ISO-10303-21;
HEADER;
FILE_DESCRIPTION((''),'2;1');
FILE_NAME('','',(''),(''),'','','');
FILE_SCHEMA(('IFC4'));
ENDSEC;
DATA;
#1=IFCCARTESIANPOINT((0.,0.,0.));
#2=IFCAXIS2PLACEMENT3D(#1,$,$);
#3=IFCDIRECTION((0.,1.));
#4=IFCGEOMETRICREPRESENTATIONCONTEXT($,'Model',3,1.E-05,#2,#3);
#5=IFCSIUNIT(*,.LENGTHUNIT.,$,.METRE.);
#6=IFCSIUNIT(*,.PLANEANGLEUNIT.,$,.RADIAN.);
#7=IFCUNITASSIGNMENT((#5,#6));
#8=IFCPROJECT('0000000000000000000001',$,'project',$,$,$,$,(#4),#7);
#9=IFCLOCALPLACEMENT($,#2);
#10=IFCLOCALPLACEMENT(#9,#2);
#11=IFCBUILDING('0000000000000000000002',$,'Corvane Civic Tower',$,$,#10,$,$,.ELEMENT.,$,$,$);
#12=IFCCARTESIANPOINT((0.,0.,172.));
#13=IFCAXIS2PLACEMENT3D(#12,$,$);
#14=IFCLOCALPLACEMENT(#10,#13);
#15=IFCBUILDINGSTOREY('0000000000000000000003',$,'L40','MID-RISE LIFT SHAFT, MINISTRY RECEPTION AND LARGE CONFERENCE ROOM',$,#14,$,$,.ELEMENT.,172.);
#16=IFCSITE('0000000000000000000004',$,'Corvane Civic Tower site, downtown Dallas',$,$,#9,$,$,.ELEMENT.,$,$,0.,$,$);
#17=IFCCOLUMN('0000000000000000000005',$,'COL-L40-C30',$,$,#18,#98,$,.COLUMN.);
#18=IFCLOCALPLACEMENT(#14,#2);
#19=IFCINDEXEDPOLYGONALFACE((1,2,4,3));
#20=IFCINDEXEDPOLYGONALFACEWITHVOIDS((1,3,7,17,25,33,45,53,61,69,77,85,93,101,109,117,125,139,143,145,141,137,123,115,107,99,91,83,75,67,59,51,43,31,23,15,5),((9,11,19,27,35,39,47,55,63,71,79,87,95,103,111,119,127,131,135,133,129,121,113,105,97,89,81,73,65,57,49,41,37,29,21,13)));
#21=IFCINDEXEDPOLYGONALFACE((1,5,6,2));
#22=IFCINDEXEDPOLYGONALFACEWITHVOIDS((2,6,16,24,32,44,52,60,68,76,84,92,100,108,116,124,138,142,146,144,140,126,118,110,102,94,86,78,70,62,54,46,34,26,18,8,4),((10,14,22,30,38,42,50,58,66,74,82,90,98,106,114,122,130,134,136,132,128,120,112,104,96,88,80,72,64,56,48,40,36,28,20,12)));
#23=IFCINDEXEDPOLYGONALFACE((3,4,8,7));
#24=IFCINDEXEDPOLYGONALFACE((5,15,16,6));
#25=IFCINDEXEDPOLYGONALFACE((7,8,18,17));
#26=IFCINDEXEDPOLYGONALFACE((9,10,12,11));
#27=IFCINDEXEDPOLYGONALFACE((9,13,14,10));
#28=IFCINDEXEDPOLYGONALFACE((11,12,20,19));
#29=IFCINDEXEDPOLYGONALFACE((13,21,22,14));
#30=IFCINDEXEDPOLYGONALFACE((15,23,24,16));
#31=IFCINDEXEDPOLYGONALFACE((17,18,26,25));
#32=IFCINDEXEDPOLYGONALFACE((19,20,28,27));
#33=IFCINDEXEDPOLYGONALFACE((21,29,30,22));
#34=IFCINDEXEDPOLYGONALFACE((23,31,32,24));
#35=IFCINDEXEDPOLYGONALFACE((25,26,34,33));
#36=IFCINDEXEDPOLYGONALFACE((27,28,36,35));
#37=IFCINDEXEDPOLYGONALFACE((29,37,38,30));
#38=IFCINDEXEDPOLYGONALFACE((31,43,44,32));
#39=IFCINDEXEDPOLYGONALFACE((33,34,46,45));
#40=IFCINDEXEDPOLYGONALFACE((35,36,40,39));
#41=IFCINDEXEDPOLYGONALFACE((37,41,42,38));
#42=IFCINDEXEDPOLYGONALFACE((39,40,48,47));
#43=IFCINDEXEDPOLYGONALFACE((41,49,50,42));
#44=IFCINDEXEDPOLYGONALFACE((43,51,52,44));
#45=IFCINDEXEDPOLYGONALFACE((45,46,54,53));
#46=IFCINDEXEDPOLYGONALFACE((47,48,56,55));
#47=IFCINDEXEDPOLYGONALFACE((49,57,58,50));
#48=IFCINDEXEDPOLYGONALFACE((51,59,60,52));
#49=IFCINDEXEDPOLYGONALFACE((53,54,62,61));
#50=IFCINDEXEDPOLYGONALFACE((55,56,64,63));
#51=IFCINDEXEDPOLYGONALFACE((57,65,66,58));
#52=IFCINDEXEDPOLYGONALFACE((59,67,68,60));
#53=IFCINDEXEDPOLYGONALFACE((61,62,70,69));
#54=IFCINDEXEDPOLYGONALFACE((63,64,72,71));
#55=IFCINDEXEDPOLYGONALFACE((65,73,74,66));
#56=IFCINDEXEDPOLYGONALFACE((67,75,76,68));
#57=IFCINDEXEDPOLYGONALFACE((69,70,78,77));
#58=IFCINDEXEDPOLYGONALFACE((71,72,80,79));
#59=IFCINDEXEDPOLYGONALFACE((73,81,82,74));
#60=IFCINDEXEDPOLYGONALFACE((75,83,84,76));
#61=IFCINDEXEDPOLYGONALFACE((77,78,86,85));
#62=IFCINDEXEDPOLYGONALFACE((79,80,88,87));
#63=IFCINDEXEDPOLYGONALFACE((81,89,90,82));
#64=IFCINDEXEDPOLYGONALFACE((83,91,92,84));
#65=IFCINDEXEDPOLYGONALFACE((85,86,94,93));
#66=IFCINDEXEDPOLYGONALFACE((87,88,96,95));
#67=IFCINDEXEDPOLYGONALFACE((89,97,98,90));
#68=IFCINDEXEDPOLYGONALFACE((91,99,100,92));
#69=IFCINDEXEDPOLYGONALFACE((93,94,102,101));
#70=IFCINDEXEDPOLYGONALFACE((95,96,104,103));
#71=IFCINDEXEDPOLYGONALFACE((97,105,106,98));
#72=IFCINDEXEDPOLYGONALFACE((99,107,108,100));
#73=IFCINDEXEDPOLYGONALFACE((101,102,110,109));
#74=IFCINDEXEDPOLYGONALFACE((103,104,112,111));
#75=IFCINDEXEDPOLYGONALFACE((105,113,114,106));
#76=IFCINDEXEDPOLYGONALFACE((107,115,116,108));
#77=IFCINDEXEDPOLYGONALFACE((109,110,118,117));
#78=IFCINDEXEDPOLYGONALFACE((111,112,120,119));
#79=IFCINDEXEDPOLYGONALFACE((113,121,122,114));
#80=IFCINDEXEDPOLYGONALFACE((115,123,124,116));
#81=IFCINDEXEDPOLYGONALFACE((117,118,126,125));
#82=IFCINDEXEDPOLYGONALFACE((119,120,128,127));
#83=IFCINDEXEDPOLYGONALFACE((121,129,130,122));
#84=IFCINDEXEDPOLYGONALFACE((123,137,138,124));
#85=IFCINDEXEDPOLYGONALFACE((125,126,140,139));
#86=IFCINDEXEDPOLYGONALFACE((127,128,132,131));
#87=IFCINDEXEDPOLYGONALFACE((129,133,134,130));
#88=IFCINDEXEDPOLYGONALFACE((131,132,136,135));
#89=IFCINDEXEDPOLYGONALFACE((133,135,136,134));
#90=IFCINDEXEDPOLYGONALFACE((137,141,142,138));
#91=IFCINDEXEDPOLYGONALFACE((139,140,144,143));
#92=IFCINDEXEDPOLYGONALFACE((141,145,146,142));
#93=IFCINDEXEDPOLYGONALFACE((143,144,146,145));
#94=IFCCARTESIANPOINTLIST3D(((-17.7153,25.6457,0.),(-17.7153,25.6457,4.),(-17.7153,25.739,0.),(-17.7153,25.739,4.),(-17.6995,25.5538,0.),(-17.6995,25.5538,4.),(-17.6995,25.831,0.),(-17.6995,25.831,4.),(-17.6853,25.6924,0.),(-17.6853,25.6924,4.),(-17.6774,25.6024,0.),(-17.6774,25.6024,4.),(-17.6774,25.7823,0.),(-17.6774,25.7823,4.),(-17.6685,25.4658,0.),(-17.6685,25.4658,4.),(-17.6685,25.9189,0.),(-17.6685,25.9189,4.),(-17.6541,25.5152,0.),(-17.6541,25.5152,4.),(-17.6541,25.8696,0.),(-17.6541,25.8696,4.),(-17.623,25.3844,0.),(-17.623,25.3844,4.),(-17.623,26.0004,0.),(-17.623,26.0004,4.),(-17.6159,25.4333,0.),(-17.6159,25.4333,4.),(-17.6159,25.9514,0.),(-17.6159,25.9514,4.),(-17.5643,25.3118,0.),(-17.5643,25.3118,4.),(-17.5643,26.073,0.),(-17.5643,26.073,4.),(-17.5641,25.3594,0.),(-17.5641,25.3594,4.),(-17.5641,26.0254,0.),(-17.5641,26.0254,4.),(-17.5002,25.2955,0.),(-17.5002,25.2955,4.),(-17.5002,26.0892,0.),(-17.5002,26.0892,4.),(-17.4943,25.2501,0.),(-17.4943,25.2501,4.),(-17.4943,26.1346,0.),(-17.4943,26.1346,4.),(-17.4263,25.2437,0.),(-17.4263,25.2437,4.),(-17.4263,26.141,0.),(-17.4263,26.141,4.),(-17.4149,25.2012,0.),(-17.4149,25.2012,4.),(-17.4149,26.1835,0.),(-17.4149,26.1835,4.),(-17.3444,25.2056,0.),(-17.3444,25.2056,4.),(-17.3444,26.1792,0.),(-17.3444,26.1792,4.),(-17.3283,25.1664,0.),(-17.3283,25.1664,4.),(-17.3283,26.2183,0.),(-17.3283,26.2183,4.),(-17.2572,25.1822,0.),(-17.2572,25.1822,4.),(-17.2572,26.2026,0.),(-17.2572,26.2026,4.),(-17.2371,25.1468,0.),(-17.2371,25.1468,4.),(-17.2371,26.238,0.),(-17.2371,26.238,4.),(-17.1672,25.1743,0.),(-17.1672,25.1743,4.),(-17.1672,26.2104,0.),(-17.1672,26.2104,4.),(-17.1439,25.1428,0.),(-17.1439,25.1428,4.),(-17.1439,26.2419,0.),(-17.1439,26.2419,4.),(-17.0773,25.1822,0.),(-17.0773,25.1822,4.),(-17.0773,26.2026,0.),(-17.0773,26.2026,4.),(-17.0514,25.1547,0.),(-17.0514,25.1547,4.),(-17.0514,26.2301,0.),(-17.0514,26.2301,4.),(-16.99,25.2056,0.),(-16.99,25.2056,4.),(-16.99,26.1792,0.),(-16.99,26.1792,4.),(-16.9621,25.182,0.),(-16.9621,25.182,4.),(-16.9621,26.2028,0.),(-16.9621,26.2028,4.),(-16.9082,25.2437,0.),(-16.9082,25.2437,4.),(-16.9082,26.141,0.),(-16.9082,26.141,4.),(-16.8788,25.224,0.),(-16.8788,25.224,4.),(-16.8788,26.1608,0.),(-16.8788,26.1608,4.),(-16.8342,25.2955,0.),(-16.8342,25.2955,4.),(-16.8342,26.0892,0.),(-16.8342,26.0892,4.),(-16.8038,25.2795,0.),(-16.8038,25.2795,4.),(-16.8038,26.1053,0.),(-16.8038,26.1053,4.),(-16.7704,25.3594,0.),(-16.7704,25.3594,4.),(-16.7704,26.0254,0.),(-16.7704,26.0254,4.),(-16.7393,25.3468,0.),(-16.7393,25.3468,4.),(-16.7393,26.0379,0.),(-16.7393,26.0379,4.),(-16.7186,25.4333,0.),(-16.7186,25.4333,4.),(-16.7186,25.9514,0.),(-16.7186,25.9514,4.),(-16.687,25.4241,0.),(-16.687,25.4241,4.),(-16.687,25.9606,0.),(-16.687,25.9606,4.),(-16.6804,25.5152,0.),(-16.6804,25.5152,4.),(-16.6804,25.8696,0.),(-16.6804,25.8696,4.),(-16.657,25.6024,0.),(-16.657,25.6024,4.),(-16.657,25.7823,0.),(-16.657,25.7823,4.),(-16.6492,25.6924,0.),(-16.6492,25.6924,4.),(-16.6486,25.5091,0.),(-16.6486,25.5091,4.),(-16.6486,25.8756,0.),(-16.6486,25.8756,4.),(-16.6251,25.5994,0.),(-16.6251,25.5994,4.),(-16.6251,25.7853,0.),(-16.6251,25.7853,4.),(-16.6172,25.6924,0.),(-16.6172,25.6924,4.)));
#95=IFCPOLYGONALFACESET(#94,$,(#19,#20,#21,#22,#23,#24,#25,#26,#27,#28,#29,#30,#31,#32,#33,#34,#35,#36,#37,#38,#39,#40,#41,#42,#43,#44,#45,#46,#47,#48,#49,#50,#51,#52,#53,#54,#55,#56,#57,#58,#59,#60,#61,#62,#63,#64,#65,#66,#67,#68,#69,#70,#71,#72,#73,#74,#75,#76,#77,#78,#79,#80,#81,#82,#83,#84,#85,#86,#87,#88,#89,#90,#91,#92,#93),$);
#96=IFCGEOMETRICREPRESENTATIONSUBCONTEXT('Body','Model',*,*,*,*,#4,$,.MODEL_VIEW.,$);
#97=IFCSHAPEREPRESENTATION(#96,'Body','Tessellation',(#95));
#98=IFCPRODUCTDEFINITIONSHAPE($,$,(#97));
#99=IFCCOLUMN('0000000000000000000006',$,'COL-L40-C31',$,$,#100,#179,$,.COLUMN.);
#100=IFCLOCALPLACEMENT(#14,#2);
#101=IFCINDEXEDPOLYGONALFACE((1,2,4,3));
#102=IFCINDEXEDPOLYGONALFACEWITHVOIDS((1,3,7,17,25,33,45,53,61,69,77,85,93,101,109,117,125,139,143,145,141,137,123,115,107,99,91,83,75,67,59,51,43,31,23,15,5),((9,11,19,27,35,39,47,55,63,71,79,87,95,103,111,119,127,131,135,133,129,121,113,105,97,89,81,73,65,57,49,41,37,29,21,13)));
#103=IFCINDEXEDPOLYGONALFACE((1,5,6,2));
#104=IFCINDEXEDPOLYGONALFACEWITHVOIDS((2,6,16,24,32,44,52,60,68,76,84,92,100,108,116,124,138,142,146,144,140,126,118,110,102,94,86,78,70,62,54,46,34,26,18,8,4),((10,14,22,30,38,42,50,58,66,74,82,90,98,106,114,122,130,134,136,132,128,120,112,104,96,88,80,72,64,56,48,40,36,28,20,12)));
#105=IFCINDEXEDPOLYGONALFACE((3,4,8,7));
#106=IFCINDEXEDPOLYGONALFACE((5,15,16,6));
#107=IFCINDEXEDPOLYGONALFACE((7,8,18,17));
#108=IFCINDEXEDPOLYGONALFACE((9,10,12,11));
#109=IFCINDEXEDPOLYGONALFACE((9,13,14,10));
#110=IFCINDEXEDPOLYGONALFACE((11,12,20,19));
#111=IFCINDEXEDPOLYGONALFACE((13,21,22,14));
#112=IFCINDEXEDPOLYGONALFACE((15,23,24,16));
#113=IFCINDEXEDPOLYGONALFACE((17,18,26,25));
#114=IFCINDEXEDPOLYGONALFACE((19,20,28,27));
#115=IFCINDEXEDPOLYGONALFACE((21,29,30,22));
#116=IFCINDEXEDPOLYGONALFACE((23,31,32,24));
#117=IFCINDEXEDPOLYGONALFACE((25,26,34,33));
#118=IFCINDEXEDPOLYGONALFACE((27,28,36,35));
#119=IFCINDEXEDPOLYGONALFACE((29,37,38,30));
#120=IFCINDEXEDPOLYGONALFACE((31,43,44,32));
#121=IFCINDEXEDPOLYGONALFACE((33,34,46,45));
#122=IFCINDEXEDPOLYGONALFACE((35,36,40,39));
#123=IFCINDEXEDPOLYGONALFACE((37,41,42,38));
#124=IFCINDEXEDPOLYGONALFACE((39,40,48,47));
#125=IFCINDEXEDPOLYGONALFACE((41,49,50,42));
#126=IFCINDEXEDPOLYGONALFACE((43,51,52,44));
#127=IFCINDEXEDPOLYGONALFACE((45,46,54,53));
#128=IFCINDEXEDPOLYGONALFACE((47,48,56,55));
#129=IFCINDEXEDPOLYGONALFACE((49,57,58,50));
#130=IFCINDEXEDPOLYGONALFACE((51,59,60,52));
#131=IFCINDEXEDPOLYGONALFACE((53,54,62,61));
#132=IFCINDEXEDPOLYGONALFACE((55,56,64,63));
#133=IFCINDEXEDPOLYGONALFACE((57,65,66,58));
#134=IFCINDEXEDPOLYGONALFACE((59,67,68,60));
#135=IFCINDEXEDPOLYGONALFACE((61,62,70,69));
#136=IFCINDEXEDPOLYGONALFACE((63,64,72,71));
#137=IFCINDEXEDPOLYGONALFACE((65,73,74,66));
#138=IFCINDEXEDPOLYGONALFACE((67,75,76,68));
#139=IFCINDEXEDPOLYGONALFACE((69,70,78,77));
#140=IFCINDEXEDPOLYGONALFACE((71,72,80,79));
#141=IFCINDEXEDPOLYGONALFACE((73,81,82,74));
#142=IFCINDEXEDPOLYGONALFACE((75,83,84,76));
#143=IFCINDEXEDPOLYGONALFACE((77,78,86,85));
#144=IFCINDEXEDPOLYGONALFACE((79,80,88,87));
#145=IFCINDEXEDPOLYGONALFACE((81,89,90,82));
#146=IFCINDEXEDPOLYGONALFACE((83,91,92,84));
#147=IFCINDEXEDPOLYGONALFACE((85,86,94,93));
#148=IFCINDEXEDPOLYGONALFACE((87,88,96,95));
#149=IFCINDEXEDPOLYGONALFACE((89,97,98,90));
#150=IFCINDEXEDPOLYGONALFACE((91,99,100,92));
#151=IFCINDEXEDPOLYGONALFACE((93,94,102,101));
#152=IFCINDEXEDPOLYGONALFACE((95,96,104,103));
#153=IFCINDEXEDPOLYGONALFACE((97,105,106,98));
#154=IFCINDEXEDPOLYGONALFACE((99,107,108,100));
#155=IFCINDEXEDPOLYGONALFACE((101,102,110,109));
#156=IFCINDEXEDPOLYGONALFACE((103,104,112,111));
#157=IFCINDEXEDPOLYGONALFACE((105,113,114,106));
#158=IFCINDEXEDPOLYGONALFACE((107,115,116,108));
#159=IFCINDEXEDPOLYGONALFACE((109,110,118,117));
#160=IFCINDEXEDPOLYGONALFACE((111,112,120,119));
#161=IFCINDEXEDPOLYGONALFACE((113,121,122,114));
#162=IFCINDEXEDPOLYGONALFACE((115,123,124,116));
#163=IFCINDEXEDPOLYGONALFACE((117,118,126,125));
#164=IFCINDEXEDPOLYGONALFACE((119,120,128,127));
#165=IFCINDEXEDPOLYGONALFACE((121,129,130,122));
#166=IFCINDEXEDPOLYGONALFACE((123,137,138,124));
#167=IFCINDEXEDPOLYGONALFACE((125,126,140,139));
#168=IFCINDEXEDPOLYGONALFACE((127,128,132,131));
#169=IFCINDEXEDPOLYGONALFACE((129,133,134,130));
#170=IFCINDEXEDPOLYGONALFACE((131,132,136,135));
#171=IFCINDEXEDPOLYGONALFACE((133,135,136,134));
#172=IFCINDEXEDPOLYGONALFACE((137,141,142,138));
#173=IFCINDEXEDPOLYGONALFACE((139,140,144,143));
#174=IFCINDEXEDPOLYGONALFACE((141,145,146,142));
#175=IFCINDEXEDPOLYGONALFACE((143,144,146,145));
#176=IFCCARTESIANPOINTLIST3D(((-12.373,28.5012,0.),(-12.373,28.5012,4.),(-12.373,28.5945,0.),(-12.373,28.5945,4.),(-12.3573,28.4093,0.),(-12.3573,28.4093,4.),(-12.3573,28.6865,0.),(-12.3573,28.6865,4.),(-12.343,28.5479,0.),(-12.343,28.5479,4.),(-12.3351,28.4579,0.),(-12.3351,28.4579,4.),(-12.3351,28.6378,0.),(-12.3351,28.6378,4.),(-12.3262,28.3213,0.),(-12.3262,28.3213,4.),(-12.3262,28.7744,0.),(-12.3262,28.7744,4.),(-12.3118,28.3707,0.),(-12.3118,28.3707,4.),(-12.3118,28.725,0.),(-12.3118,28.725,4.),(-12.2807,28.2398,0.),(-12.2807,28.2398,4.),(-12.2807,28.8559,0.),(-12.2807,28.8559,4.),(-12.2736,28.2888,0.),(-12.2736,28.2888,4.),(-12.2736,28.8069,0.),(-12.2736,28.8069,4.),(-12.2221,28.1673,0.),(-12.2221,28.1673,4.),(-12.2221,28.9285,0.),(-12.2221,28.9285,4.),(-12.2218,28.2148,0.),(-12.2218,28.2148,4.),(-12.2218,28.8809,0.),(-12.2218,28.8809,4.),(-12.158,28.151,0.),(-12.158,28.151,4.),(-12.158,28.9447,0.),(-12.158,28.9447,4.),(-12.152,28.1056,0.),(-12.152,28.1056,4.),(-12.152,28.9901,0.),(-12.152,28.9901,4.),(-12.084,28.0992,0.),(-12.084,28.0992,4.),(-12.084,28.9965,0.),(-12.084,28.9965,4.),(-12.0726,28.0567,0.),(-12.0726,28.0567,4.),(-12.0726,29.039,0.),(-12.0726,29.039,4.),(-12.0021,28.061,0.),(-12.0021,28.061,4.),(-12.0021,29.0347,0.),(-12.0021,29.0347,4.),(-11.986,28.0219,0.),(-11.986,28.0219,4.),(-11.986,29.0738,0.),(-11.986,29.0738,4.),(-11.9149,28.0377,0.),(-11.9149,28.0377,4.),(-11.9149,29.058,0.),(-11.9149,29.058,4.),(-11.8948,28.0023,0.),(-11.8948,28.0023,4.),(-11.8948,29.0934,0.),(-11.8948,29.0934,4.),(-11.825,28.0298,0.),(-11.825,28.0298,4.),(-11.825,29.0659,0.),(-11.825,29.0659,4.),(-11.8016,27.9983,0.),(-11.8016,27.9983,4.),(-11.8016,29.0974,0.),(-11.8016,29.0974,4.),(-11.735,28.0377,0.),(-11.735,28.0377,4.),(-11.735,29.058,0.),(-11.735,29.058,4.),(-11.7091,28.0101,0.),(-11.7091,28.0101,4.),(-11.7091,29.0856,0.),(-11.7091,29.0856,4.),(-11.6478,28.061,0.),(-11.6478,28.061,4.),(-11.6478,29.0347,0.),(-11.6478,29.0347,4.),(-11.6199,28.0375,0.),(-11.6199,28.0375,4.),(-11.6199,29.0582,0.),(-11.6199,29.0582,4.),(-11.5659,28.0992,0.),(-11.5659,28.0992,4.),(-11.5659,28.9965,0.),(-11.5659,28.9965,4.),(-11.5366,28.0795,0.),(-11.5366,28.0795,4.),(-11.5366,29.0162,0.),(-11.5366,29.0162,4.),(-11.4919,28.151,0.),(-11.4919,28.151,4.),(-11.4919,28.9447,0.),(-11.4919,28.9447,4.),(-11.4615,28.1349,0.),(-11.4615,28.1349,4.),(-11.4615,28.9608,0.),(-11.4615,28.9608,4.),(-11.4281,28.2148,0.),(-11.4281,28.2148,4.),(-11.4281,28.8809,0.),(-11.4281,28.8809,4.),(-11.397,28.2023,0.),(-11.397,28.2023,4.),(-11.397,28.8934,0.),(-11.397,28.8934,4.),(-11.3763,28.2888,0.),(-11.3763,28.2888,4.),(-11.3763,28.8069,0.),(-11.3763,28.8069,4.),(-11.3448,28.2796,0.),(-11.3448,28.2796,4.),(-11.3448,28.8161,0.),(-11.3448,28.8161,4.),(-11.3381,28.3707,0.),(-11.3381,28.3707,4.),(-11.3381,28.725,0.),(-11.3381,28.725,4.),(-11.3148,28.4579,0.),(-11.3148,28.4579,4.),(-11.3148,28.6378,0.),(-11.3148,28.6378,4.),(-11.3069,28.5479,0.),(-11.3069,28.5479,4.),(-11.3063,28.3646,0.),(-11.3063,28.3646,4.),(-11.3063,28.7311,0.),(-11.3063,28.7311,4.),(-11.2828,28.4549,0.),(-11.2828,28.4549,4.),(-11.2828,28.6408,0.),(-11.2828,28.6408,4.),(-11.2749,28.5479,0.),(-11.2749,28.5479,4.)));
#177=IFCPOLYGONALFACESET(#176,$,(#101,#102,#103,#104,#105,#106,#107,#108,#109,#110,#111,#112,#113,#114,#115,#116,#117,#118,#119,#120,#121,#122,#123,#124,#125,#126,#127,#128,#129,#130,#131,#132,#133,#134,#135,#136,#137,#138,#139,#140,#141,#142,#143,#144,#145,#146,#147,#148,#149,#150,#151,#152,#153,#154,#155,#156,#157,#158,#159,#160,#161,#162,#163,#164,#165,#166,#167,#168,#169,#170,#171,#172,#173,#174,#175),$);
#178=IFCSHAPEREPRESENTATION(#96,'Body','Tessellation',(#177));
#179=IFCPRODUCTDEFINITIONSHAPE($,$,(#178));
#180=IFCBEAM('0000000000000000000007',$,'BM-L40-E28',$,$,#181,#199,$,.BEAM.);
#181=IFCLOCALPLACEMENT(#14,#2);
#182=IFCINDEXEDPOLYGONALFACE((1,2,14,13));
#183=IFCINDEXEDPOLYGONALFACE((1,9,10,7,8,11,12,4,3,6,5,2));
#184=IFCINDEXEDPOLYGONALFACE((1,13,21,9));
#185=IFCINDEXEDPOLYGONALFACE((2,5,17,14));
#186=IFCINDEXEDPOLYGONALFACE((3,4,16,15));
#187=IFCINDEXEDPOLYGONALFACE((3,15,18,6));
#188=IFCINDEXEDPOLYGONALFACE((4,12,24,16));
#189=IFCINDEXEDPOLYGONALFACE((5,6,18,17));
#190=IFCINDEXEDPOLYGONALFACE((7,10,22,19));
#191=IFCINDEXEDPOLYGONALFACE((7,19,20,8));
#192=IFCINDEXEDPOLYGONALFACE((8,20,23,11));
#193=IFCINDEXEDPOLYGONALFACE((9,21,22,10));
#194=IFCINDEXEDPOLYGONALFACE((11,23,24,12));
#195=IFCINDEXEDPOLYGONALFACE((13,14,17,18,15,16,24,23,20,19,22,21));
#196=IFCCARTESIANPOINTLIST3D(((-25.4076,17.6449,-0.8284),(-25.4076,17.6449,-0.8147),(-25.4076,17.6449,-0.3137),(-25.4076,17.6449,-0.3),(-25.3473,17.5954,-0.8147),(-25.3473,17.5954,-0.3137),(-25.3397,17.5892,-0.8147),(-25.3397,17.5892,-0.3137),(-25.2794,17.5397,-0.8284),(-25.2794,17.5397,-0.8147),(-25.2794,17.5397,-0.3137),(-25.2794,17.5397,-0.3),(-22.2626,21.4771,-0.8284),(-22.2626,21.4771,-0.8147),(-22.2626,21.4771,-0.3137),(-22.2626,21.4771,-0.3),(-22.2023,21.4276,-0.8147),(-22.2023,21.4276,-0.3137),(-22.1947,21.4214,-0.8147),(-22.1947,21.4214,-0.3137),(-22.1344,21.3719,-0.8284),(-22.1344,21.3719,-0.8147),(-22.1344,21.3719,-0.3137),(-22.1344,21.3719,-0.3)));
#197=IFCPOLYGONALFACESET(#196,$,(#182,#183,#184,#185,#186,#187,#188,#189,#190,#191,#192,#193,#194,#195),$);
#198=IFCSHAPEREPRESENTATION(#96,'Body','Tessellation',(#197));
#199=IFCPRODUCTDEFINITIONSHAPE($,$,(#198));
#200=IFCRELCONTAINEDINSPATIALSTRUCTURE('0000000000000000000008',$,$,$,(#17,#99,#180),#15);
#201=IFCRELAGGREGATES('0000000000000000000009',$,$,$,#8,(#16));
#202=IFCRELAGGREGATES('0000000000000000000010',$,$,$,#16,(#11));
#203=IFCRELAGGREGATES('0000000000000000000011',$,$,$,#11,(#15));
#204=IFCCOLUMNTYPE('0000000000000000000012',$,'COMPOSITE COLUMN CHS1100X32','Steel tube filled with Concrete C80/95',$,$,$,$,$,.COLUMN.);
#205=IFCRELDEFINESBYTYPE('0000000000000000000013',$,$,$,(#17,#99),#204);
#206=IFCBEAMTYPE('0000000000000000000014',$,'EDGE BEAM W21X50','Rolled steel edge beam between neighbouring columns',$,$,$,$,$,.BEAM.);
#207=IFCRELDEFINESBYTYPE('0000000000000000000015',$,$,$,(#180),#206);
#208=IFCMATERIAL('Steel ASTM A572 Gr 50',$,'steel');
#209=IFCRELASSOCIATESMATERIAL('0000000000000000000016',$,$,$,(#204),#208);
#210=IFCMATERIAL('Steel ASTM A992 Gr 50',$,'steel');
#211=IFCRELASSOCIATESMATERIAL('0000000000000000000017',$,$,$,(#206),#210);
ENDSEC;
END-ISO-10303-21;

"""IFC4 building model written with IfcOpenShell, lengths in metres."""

from ifc_helpers import new_model, si_unit, direction, frame, origin, origin_2d, place, context, subcontext, project, spatial, hollow_circle, i_section, extrude, material, material_profile, profile_set, type_object, element, save


model = new_model("IFC4")

# Units and contexts
model_context = context("Model", 3, precision=1e-05, world=origin(), true_north=direction((0.0, 1.0)))
body_context = subcontext(model_context, "Body", "Model", "MODEL_VIEW")
ifc_project = project(units=[si_unit("LENGTHUNIT", "METRE"), si_unit("PLANEANGLEUNIT", "RADIAN")], contexts=[model_context])

# Site, building, storey
site_placement = place(None, origin())
site = spatial("IfcSite", under=ifc_project, at=site_placement, Name="Corvane Civic Tower site, downtown Dallas", CompositionType="ELEMENT", RefElevation=0.0)
building_placement = place(site_placement, origin())
building = spatial("IfcBuilding", under=site, at=building_placement, Name="Corvane Civic Tower", CompositionType="ELEMENT")
storey_placement = place(building_placement, frame((0.0, 0.0, 172.0)))
storey = spatial("IfcBuildingStorey", under=building, at=storey_placement, Name="L40", Description="MID-RISE LIFT SHAFT, MINISTRY RECEPTION AND LARGE CONFERENCE ROOM", CompositionType="ELEMENT", Elevation=172.0)

# Columns
ifc_material_1 = material(Name="Steel ASTM A572 Gr 50", Category="steel")
ifc_material_profile_1 = material_profile(ifc_material_1, hollow_circle(Radius=0.55, WallThickness=0.032, at=origin_2d()), Name="CHS1100X32")
ifc_profile_set_1 = profile_set([ifc_material_profile_1], Name="Steel ASTM A572 Gr 50")
column_type = type_object("IfcColumnType", Name="COMPOSITE COLUMN CHS1100X32", Description="Steel tube filled with Concrete C80/95", PredefinedType="COLUMN", material=ifc_profile_set_1)
for number, where, z_axis, x_axis, name in (
    (1, (-17.1672, 25.6924, 0.0), (0.0, 0.0, 1.0), (1.0, 0.0, 0.0), "COL-L40-C30"),
    (2, (-11.825, 28.5479, 0.0), (0.0, 0.0, 1.0), (1.0, 0.0, 0.0), "COL-L40-C31"),
):
    element("IfcColumn", number, at=place(storey_placement, frame(where, z_axis=z_axis, x_axis=x_axis)), inside=storey, type_object=column_type, Name=name, PredefinedType="COLUMN", context=body_context, shape_type="SweptSolid", body=[
        extrude(hollow_circle(Radius=0.55, WallThickness=0.032, at=origin_2d()), origin(), (0.0, 0.0, 1.0), 4.0),
    ])

# Beam
ifc_material_2 = material(Name="Steel ASTM A992 Gr 50", Category="steel")
ifc_material_profile_2 = material_profile(ifc_material_2, i_section(OverallWidth=0.1658, OverallDepth=0.5283, WebThickness=0.0098, FlangeThickness=0.0137, at=origin_2d()), Name="W21X50")
ifc_profile_set_2 = profile_set([ifc_material_profile_2], Name="Steel ASTM A992 Gr 50")
beam_type_1 = type_object("IfcBeamType", Name="EDGE BEAM W21X50", Description="Rolled steel edge beam between neighbouring columns", PredefinedType="BEAM", material=ifc_profile_set_2)
for number, where, z_axis, x_axis, name in (
    (3, (-25.3435, 17.5923, -0.5642), (0.634388, 0.773015, 0.0), (-0.773015, 0.634388, 0.0), "BM-L40-E28"),
):
    element("IfcBeam", number, at=place(storey_placement, frame(where, z_axis=z_axis, x_axis=x_axis)), inside=storey, type_object=beam_type_1, Name=name, PredefinedType="BEAM", context=body_context, shape_type="SweptSolid", body=[
        extrude(i_section(OverallWidth=0.1658, OverallDepth=0.5283, WebThickness=0.0098, FlangeThickness=0.0137, at=origin_2d()), origin(), (0.0, 0.0, 1.0), 4.9575),
    ])

save(model, "model.ifc")
